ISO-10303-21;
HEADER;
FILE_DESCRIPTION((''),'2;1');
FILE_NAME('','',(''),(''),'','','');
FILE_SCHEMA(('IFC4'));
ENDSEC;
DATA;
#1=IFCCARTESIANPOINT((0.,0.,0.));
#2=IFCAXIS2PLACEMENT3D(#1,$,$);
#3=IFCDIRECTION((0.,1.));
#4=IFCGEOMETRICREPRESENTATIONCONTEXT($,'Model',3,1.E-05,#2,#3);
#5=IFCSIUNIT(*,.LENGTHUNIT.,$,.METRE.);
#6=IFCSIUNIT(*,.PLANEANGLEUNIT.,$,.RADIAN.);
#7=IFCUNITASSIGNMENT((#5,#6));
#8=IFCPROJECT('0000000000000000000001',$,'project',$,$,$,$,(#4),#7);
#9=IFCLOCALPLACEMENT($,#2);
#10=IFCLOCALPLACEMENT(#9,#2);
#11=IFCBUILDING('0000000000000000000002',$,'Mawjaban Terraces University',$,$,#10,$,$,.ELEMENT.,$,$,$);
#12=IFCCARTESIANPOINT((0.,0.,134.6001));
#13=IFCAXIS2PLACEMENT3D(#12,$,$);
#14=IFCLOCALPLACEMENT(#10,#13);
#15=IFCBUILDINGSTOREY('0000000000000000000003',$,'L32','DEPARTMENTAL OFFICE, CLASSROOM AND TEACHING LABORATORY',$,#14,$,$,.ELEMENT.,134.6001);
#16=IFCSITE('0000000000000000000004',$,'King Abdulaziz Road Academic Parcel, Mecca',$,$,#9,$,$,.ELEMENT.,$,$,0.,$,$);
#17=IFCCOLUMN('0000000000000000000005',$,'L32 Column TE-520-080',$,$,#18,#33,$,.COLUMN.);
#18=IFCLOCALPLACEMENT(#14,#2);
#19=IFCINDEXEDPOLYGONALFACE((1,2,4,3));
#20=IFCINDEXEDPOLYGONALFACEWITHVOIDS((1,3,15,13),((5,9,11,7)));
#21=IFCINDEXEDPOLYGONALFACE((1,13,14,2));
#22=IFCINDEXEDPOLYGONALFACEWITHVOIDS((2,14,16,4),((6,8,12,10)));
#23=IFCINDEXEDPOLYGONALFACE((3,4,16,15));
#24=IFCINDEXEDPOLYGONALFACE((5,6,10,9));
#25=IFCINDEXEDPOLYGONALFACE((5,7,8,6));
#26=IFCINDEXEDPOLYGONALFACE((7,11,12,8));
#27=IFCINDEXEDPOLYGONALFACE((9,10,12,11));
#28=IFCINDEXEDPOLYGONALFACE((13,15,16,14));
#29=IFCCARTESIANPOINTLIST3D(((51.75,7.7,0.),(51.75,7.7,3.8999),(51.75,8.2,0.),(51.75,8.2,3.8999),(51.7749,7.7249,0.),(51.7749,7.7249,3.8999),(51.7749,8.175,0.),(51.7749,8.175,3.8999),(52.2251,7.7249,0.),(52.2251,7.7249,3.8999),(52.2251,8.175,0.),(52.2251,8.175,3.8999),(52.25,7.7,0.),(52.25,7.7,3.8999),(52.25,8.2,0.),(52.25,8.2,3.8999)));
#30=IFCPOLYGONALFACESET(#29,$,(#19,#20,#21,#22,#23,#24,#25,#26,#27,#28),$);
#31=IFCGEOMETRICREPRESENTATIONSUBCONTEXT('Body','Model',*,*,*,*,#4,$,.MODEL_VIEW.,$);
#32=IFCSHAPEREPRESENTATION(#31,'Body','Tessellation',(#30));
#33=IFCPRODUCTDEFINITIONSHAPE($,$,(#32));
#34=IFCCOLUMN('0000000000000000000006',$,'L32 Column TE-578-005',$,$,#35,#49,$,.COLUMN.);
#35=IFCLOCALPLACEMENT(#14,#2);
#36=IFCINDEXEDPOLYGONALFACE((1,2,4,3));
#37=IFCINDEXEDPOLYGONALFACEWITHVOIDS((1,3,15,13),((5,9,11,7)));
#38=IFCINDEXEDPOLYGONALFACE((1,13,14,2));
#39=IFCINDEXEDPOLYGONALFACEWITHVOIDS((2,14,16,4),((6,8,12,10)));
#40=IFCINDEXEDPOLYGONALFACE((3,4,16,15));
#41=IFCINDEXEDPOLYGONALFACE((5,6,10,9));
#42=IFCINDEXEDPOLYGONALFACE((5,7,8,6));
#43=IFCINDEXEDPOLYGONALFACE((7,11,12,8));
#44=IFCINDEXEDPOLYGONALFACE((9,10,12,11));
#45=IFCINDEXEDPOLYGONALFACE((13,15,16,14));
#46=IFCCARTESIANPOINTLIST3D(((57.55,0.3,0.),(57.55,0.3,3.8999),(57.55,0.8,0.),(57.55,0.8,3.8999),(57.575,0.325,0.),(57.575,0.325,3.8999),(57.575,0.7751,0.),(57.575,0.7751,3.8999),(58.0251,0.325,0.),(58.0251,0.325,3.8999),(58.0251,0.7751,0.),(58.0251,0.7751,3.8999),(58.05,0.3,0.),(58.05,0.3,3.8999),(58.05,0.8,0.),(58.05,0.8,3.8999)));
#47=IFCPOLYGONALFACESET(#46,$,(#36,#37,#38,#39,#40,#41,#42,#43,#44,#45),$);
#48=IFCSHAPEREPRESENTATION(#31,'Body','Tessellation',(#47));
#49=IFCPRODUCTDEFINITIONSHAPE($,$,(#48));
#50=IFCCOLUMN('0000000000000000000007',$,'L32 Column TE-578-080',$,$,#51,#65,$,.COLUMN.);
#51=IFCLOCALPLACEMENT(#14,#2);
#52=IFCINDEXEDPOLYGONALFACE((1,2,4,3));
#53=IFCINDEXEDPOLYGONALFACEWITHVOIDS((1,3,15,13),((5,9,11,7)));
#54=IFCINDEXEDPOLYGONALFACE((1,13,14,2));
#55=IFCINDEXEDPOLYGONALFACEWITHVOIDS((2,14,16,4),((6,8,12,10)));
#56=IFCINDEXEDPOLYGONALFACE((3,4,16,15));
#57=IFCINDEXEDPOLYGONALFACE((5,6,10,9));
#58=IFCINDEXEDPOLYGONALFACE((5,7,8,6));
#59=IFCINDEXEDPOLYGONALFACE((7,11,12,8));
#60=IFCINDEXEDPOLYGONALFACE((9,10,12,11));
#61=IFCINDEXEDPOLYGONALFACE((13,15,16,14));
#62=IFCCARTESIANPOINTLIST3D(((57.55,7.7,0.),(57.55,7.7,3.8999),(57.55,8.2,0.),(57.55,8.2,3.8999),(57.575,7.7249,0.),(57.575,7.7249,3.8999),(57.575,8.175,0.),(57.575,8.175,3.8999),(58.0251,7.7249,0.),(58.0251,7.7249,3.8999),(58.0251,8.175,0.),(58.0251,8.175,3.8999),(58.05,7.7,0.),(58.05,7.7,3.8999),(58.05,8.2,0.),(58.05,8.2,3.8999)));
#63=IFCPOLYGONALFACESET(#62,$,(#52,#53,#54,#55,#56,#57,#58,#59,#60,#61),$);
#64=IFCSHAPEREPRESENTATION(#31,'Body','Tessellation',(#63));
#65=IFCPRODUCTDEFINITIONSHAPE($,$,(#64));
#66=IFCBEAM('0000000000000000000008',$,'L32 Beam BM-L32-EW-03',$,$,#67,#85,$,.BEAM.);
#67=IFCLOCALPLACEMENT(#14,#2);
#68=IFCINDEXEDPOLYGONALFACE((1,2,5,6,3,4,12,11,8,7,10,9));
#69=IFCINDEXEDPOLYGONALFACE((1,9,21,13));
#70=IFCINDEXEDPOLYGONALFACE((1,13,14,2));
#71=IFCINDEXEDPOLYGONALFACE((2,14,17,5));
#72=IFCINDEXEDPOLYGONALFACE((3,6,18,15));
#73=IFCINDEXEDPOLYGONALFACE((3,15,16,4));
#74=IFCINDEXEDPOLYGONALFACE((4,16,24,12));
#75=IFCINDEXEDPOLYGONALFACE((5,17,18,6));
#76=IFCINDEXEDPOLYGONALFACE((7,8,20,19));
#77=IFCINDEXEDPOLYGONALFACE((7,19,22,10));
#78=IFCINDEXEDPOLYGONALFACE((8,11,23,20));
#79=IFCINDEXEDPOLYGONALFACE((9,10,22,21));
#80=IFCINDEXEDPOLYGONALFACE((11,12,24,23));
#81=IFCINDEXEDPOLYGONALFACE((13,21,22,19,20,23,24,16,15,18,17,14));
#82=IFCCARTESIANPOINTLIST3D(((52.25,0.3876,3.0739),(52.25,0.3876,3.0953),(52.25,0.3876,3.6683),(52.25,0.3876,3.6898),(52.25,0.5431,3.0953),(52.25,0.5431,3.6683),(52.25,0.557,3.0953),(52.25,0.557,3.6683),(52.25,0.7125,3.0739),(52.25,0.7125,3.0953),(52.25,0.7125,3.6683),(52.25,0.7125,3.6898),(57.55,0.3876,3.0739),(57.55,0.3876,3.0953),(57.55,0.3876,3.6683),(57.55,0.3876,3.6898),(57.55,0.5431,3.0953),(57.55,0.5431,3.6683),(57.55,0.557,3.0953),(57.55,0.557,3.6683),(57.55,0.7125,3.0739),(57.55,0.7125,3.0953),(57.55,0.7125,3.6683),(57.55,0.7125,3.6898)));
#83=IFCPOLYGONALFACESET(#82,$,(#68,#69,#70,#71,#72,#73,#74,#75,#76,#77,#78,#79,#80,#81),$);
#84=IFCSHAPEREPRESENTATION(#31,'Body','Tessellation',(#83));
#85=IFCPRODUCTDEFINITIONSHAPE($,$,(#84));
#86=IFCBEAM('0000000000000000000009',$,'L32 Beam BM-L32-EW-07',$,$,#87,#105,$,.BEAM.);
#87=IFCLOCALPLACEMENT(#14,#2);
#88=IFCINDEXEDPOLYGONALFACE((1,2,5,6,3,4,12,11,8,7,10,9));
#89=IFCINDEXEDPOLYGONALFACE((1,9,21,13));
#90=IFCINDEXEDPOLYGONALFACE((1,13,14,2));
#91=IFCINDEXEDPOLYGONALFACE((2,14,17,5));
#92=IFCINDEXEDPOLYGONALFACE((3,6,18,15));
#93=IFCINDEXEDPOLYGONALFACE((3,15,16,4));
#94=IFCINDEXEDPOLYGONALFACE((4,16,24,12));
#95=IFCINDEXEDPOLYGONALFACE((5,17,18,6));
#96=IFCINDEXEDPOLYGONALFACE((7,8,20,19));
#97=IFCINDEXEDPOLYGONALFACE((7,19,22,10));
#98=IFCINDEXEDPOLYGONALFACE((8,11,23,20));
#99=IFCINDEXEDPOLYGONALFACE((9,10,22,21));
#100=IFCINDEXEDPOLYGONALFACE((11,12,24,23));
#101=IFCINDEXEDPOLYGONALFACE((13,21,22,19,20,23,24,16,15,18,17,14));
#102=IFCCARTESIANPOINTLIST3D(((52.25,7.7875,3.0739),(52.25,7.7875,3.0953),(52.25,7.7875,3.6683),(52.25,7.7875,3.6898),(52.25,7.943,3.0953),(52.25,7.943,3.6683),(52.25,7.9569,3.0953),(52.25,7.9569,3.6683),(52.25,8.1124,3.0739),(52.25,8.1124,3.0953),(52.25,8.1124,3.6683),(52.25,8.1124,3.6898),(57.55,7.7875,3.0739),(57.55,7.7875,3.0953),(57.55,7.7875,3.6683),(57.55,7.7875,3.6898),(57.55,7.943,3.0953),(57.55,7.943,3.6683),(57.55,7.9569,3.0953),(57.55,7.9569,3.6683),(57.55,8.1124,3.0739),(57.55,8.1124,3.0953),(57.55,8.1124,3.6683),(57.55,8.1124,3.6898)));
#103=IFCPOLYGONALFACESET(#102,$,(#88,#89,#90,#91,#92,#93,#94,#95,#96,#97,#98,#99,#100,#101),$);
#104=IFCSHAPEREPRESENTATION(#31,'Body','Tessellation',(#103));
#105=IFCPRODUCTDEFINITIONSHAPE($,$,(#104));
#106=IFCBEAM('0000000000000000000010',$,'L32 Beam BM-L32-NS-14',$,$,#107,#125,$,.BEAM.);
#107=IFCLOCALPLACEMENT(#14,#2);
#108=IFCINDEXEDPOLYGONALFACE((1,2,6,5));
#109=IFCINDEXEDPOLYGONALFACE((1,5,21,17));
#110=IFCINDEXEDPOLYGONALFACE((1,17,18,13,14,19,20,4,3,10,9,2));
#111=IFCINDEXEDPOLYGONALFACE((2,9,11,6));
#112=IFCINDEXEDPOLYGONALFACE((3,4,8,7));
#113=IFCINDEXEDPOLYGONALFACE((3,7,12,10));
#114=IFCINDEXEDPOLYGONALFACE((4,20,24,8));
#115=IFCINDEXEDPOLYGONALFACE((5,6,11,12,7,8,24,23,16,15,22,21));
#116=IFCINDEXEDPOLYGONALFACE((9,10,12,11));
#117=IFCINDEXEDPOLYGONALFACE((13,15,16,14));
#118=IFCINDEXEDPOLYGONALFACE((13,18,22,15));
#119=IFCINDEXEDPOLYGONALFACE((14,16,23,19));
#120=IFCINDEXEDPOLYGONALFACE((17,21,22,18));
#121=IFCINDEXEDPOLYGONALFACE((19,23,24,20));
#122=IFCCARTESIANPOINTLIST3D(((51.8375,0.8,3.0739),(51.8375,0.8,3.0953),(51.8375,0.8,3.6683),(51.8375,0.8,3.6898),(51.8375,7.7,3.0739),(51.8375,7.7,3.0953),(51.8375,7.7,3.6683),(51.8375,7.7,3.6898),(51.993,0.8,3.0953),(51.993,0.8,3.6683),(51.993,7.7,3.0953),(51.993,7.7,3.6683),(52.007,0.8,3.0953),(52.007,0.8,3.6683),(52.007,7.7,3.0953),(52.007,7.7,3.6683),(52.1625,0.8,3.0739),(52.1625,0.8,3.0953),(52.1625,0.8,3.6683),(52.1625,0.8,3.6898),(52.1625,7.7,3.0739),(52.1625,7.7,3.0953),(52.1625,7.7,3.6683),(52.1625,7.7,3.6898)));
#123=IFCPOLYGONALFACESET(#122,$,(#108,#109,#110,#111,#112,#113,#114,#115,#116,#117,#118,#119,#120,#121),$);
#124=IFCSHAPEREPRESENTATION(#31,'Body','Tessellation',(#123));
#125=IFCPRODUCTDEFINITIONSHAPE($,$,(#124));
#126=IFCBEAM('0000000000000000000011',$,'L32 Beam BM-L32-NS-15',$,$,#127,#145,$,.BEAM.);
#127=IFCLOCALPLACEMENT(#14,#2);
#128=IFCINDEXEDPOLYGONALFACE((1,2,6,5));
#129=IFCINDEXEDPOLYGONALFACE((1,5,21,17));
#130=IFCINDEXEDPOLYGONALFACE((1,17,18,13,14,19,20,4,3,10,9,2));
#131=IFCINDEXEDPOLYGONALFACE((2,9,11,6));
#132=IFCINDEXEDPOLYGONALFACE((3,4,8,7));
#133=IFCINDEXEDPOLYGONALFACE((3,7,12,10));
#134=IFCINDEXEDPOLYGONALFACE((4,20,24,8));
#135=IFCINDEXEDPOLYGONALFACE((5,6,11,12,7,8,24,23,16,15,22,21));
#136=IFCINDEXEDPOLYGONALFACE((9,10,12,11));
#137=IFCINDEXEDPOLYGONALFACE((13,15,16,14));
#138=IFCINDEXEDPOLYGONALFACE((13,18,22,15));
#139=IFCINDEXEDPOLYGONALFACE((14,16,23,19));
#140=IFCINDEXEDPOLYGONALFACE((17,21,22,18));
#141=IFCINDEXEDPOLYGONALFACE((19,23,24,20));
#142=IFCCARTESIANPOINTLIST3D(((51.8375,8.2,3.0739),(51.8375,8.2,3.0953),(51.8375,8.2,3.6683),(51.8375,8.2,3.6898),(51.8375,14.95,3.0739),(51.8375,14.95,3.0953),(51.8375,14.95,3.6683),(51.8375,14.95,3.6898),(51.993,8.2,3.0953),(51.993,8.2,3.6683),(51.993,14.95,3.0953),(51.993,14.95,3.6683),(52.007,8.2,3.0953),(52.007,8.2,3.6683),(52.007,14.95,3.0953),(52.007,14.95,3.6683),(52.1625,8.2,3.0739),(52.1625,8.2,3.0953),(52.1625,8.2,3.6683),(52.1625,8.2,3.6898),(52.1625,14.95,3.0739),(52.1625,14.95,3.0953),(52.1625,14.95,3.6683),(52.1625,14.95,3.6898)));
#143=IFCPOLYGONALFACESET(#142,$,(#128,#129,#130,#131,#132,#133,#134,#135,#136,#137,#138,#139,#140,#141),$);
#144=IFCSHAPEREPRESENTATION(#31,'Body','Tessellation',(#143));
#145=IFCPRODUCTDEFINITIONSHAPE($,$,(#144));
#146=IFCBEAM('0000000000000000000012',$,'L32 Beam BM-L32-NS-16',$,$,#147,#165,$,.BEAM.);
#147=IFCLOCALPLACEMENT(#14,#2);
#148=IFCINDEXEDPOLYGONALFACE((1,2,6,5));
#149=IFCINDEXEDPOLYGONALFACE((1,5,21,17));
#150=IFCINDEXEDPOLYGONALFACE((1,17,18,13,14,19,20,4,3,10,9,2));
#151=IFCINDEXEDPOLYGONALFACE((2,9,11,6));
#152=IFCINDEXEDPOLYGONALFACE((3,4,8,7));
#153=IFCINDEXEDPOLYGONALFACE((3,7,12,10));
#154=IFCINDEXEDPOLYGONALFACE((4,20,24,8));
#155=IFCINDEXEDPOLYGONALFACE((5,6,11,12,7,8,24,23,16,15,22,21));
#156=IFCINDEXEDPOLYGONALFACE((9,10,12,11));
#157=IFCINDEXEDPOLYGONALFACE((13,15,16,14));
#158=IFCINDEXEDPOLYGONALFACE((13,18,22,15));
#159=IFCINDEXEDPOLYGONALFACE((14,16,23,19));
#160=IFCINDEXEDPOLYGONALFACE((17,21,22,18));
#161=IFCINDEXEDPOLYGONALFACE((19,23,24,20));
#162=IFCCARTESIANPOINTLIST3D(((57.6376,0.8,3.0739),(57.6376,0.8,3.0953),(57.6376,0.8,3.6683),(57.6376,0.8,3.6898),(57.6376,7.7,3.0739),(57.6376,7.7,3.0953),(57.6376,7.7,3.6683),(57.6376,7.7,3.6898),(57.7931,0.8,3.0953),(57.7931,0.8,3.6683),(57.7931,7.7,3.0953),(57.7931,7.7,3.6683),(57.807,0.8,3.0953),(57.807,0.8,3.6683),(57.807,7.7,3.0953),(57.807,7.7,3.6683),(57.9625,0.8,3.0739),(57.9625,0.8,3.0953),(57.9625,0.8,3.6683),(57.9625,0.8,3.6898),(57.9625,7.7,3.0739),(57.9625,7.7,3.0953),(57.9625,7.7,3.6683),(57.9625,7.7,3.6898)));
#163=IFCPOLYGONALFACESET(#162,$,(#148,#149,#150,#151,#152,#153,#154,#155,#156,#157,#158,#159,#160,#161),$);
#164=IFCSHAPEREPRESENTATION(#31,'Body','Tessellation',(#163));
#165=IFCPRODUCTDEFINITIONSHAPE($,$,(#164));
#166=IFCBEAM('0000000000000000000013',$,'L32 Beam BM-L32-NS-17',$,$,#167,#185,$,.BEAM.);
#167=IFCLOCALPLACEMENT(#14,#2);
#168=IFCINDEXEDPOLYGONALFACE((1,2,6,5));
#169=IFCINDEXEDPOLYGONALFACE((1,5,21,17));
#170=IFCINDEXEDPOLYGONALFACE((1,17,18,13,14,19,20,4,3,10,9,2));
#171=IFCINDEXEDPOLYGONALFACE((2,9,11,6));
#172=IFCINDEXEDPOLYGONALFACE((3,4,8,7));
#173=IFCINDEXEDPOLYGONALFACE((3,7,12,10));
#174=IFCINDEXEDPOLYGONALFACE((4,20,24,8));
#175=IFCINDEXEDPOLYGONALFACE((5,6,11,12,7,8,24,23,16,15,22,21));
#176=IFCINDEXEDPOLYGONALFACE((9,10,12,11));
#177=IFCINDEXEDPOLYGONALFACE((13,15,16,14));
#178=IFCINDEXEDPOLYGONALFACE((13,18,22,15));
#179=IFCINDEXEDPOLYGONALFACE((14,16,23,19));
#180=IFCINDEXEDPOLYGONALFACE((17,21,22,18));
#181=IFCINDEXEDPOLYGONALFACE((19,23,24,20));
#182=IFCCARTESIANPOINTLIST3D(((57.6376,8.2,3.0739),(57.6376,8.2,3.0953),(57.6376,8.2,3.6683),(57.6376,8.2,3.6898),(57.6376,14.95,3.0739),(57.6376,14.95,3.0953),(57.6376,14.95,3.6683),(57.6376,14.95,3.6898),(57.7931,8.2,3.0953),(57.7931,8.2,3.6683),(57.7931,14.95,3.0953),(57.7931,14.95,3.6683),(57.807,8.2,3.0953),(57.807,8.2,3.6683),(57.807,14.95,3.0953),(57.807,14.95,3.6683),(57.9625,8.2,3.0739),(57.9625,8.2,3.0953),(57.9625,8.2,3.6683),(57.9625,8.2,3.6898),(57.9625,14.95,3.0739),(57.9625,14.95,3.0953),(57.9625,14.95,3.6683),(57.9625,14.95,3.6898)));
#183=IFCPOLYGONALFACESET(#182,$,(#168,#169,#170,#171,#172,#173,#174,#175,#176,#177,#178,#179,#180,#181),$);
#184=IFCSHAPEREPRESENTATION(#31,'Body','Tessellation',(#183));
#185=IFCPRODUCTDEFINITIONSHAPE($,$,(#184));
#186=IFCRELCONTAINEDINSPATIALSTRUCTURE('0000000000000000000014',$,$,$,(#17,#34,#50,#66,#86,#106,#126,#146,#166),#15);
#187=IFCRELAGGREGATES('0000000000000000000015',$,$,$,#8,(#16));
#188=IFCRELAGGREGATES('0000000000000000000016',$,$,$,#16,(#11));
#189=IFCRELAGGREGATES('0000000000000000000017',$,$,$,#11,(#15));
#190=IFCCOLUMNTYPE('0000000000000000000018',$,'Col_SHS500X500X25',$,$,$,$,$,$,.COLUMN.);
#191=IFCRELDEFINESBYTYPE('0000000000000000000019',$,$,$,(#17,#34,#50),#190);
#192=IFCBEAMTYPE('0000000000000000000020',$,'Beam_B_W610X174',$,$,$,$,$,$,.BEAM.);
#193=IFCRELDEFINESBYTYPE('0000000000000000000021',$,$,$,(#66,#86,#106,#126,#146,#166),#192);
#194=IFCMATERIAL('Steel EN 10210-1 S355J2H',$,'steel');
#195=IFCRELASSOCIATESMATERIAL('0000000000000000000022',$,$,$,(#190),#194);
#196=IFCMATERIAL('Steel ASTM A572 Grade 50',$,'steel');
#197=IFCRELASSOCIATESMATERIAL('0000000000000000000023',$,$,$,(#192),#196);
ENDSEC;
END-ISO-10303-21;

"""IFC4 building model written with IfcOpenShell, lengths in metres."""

from ifc_helpers import new_model, si_unit, direction, frame, origin, origin_2d, place, context, subcontext, project, spatial, hollow_rectangle, i_section, extrude, material, material_profile, profile_set, type_object, element, save


model = new_model("IFC4")

# Units and contexts
model_context = context("Model", 3, precision=1e-05, world=origin(), true_north=direction((0.0, 1.0)))
body_context = subcontext(model_context, "Body", "Model", "MODEL_VIEW")
ifc_project = project(units=[si_unit("LENGTHUNIT", "METRE"), si_unit("PLANEANGLEUNIT", "RADIAN")], contexts=[model_context])

# Site, building, storey
site_placement = place(None, origin())
site = spatial("IfcSite", under=ifc_project, at=site_placement, Name="King Abdulaziz Road Academic Parcel, Mecca", CompositionType="ELEMENT", RefElevation=0.0)
building_placement = place(site_placement, origin())
building = spatial("IfcBuilding", under=site, at=building_placement, Name="Mawjaban Terraces University", CompositionType="ELEMENT")
storey_placement = place(building_placement, frame((0.0, 0.0, 134.6001)))
storey = spatial("IfcBuildingStorey", under=building, at=storey_placement, Name="L32", Description="DEPARTMENTAL OFFICE, CLASSROOM AND TEACHING LABORATORY", CompositionType="ELEMENT", Elevation=134.6001)

# Columns
ifc_material_1 = material(Name="Steel EN 10210-1 S355J2H", Category="steel")
ifc_material_profile_1 = material_profile(ifc_material_1, hollow_rectangle(XDim=0.5, YDim=0.5, WallThickness=0.0249, at=origin_2d()), Name="SHS500X500X25")
ifc_profile_set_1 = profile_set([ifc_material_profile_1], Name="Steel EN 10210-1 S355J2H")
column_type = type_object("IfcColumnType", Name="Col_SHS500X500X25", PredefinedType="COLUMN", material=ifc_profile_set_1)
for number, where, z_axis, x_axis, name in (
    (1, (52.0, 7.95, 0.0), (0.0, 0.0, 1.0), (1.0, 0.0, 0.0), "L32 Column TE-520-080"),
    (2, (57.8, 0.55, 0.0), (0.0, 0.0, 1.0), (1.0, 0.0, 0.0), "L32 Column TE-578-005"),
    (3, (57.8, 7.95, 0.0), (0.0, 0.0, 1.0), (1.0, 0.0, 0.0), "L32 Column TE-578-080"),
):
    element("IfcColumn", number, at=place(storey_placement, frame(where, z_axis=z_axis, x_axis=x_axis)), inside=storey, type_object=column_type, Name=name, PredefinedType="COLUMN", context=body_context, shape_type="SweptSolid", body=[
        extrude(hollow_rectangle(XDim=0.5, YDim=0.5, WallThickness=0.0249, at=origin_2d()), origin(), (0.0, 0.0, 1.0), 3.8999),
    ])

# Beams
ifc_material_2 = material(Name="Steel ASTM A572 Grade 50", Category="steel")
ifc_material_profile_2 = material_profile(ifc_material_2, i_section(OverallWidth=0.325, OverallDepth=0.616, WebThickness=0.0139, FlangeThickness=0.0215, at=origin_2d()), Name="W610X174")
ifc_profile_set_2 = profile_set([ifc_material_profile_2], Name="Steel ASTM A572 Grade 50")
beam_type_1 = type_object("IfcBeamType", Name="Beam_B_W610X174", PredefinedType="BEAM", material=ifc_profile_set_2)
for number, where, z_axis, x_axis, name in (
    (4, (52.25, 0.55, 3.3818), (1.0, 0.0, 0.0), (0.0, 1.0, 0.0), "L32 Beam BM-L32-EW-03"),
    (5, (52.25, 7.95, 3.3818), (1.0, 0.0, 0.0), (0.0, 1.0, 0.0), "L32 Beam BM-L32-EW-07"),
):
    element("IfcBeam", number, at=place(storey_placement, frame(where, z_axis=z_axis, x_axis=x_axis)), inside=storey, type_object=beam_type_1, Name=name, PredefinedType="BEAM", context=body_context, shape_type="SweptSolid", body=[
        extrude(i_section(OverallWidth=0.325, OverallDepth=0.616, WebThickness=0.0139, FlangeThickness=0.0215, at=origin_2d()), origin(), (0.0, 0.0, 1.0), 5.3),
    ])
beam_1_placement = place(storey_placement, frame((52.0, 0.8, 3.3818), z_axis=(0.0, 1.0, 0.0), x_axis=(-1.0, 0.0, 0.0)))
element("IfcBeam", 6, at=beam_1_placement, inside=storey, type_object=beam_type_1, Name="L32 Beam BM-L32-NS-14", PredefinedType="BEAM", context=body_context, shape_type="SweptSolid", body=[
    extrude(i_section(OverallWidth=0.325, OverallDepth=0.616, WebThickness=0.0139, FlangeThickness=0.0215, at=origin_2d()), origin(), (0.0, 0.0, 1.0), 6.8999),
])
beam_2_placement = place(storey_placement, frame((52.0, 8.2, 3.3818), z_axis=(0.0, 1.0, 0.0), x_axis=(-1.0, 0.0, 0.0)))
element("IfcBeam", 7, at=beam_2_placement, inside=storey, type_object=beam_type_1, Name="L32 Beam BM-L32-NS-15", PredefinedType="BEAM", context=body_context, shape_type="SweptSolid", body=[
    extrude(i_section(OverallWidth=0.325, OverallDepth=0.616, WebThickness=0.0139, FlangeThickness=0.0215, at=origin_2d()), origin(), (0.0, 0.0, 1.0), 6.75),
])
beam_3_placement = place(storey_placement, frame((57.8, 0.8, 3.3818), z_axis=(0.0, 1.0, 0.0), x_axis=(-1.0, 0.0, 0.0)))
element("IfcBeam", 8, at=beam_3_placement, inside=storey, type_object=beam_type_1, Name="L32 Beam BM-L32-NS-16", PredefinedType="BEAM", context=body_context, shape_type="SweptSolid", body=[
    extrude(i_section(OverallWidth=0.325, OverallDepth=0.616, WebThickness=0.0139, FlangeThickness=0.0215, at=origin_2d()), origin(), (0.0, 0.0, 1.0), 6.8999),
])
beam_4_placement = place(storey_placement, frame((57.8, 8.2, 3.3818), z_axis=(0.0, 1.0, 0.0), x_axis=(-1.0, 0.0, 0.0)))
element("IfcBeam", 9, at=beam_4_placement, inside=storey, type_object=beam_type_1, Name="L32 Beam BM-L32-NS-17", PredefinedType="BEAM", context=body_context, shape_type="SweptSolid", body=[
    extrude(i_section(OverallWidth=0.325, OverallDepth=0.616, WebThickness=0.0139, FlangeThickness=0.0215, at=origin_2d()), origin(), (0.0, 0.0, 1.0), 6.75),
])

save(model, "model.ifc")
